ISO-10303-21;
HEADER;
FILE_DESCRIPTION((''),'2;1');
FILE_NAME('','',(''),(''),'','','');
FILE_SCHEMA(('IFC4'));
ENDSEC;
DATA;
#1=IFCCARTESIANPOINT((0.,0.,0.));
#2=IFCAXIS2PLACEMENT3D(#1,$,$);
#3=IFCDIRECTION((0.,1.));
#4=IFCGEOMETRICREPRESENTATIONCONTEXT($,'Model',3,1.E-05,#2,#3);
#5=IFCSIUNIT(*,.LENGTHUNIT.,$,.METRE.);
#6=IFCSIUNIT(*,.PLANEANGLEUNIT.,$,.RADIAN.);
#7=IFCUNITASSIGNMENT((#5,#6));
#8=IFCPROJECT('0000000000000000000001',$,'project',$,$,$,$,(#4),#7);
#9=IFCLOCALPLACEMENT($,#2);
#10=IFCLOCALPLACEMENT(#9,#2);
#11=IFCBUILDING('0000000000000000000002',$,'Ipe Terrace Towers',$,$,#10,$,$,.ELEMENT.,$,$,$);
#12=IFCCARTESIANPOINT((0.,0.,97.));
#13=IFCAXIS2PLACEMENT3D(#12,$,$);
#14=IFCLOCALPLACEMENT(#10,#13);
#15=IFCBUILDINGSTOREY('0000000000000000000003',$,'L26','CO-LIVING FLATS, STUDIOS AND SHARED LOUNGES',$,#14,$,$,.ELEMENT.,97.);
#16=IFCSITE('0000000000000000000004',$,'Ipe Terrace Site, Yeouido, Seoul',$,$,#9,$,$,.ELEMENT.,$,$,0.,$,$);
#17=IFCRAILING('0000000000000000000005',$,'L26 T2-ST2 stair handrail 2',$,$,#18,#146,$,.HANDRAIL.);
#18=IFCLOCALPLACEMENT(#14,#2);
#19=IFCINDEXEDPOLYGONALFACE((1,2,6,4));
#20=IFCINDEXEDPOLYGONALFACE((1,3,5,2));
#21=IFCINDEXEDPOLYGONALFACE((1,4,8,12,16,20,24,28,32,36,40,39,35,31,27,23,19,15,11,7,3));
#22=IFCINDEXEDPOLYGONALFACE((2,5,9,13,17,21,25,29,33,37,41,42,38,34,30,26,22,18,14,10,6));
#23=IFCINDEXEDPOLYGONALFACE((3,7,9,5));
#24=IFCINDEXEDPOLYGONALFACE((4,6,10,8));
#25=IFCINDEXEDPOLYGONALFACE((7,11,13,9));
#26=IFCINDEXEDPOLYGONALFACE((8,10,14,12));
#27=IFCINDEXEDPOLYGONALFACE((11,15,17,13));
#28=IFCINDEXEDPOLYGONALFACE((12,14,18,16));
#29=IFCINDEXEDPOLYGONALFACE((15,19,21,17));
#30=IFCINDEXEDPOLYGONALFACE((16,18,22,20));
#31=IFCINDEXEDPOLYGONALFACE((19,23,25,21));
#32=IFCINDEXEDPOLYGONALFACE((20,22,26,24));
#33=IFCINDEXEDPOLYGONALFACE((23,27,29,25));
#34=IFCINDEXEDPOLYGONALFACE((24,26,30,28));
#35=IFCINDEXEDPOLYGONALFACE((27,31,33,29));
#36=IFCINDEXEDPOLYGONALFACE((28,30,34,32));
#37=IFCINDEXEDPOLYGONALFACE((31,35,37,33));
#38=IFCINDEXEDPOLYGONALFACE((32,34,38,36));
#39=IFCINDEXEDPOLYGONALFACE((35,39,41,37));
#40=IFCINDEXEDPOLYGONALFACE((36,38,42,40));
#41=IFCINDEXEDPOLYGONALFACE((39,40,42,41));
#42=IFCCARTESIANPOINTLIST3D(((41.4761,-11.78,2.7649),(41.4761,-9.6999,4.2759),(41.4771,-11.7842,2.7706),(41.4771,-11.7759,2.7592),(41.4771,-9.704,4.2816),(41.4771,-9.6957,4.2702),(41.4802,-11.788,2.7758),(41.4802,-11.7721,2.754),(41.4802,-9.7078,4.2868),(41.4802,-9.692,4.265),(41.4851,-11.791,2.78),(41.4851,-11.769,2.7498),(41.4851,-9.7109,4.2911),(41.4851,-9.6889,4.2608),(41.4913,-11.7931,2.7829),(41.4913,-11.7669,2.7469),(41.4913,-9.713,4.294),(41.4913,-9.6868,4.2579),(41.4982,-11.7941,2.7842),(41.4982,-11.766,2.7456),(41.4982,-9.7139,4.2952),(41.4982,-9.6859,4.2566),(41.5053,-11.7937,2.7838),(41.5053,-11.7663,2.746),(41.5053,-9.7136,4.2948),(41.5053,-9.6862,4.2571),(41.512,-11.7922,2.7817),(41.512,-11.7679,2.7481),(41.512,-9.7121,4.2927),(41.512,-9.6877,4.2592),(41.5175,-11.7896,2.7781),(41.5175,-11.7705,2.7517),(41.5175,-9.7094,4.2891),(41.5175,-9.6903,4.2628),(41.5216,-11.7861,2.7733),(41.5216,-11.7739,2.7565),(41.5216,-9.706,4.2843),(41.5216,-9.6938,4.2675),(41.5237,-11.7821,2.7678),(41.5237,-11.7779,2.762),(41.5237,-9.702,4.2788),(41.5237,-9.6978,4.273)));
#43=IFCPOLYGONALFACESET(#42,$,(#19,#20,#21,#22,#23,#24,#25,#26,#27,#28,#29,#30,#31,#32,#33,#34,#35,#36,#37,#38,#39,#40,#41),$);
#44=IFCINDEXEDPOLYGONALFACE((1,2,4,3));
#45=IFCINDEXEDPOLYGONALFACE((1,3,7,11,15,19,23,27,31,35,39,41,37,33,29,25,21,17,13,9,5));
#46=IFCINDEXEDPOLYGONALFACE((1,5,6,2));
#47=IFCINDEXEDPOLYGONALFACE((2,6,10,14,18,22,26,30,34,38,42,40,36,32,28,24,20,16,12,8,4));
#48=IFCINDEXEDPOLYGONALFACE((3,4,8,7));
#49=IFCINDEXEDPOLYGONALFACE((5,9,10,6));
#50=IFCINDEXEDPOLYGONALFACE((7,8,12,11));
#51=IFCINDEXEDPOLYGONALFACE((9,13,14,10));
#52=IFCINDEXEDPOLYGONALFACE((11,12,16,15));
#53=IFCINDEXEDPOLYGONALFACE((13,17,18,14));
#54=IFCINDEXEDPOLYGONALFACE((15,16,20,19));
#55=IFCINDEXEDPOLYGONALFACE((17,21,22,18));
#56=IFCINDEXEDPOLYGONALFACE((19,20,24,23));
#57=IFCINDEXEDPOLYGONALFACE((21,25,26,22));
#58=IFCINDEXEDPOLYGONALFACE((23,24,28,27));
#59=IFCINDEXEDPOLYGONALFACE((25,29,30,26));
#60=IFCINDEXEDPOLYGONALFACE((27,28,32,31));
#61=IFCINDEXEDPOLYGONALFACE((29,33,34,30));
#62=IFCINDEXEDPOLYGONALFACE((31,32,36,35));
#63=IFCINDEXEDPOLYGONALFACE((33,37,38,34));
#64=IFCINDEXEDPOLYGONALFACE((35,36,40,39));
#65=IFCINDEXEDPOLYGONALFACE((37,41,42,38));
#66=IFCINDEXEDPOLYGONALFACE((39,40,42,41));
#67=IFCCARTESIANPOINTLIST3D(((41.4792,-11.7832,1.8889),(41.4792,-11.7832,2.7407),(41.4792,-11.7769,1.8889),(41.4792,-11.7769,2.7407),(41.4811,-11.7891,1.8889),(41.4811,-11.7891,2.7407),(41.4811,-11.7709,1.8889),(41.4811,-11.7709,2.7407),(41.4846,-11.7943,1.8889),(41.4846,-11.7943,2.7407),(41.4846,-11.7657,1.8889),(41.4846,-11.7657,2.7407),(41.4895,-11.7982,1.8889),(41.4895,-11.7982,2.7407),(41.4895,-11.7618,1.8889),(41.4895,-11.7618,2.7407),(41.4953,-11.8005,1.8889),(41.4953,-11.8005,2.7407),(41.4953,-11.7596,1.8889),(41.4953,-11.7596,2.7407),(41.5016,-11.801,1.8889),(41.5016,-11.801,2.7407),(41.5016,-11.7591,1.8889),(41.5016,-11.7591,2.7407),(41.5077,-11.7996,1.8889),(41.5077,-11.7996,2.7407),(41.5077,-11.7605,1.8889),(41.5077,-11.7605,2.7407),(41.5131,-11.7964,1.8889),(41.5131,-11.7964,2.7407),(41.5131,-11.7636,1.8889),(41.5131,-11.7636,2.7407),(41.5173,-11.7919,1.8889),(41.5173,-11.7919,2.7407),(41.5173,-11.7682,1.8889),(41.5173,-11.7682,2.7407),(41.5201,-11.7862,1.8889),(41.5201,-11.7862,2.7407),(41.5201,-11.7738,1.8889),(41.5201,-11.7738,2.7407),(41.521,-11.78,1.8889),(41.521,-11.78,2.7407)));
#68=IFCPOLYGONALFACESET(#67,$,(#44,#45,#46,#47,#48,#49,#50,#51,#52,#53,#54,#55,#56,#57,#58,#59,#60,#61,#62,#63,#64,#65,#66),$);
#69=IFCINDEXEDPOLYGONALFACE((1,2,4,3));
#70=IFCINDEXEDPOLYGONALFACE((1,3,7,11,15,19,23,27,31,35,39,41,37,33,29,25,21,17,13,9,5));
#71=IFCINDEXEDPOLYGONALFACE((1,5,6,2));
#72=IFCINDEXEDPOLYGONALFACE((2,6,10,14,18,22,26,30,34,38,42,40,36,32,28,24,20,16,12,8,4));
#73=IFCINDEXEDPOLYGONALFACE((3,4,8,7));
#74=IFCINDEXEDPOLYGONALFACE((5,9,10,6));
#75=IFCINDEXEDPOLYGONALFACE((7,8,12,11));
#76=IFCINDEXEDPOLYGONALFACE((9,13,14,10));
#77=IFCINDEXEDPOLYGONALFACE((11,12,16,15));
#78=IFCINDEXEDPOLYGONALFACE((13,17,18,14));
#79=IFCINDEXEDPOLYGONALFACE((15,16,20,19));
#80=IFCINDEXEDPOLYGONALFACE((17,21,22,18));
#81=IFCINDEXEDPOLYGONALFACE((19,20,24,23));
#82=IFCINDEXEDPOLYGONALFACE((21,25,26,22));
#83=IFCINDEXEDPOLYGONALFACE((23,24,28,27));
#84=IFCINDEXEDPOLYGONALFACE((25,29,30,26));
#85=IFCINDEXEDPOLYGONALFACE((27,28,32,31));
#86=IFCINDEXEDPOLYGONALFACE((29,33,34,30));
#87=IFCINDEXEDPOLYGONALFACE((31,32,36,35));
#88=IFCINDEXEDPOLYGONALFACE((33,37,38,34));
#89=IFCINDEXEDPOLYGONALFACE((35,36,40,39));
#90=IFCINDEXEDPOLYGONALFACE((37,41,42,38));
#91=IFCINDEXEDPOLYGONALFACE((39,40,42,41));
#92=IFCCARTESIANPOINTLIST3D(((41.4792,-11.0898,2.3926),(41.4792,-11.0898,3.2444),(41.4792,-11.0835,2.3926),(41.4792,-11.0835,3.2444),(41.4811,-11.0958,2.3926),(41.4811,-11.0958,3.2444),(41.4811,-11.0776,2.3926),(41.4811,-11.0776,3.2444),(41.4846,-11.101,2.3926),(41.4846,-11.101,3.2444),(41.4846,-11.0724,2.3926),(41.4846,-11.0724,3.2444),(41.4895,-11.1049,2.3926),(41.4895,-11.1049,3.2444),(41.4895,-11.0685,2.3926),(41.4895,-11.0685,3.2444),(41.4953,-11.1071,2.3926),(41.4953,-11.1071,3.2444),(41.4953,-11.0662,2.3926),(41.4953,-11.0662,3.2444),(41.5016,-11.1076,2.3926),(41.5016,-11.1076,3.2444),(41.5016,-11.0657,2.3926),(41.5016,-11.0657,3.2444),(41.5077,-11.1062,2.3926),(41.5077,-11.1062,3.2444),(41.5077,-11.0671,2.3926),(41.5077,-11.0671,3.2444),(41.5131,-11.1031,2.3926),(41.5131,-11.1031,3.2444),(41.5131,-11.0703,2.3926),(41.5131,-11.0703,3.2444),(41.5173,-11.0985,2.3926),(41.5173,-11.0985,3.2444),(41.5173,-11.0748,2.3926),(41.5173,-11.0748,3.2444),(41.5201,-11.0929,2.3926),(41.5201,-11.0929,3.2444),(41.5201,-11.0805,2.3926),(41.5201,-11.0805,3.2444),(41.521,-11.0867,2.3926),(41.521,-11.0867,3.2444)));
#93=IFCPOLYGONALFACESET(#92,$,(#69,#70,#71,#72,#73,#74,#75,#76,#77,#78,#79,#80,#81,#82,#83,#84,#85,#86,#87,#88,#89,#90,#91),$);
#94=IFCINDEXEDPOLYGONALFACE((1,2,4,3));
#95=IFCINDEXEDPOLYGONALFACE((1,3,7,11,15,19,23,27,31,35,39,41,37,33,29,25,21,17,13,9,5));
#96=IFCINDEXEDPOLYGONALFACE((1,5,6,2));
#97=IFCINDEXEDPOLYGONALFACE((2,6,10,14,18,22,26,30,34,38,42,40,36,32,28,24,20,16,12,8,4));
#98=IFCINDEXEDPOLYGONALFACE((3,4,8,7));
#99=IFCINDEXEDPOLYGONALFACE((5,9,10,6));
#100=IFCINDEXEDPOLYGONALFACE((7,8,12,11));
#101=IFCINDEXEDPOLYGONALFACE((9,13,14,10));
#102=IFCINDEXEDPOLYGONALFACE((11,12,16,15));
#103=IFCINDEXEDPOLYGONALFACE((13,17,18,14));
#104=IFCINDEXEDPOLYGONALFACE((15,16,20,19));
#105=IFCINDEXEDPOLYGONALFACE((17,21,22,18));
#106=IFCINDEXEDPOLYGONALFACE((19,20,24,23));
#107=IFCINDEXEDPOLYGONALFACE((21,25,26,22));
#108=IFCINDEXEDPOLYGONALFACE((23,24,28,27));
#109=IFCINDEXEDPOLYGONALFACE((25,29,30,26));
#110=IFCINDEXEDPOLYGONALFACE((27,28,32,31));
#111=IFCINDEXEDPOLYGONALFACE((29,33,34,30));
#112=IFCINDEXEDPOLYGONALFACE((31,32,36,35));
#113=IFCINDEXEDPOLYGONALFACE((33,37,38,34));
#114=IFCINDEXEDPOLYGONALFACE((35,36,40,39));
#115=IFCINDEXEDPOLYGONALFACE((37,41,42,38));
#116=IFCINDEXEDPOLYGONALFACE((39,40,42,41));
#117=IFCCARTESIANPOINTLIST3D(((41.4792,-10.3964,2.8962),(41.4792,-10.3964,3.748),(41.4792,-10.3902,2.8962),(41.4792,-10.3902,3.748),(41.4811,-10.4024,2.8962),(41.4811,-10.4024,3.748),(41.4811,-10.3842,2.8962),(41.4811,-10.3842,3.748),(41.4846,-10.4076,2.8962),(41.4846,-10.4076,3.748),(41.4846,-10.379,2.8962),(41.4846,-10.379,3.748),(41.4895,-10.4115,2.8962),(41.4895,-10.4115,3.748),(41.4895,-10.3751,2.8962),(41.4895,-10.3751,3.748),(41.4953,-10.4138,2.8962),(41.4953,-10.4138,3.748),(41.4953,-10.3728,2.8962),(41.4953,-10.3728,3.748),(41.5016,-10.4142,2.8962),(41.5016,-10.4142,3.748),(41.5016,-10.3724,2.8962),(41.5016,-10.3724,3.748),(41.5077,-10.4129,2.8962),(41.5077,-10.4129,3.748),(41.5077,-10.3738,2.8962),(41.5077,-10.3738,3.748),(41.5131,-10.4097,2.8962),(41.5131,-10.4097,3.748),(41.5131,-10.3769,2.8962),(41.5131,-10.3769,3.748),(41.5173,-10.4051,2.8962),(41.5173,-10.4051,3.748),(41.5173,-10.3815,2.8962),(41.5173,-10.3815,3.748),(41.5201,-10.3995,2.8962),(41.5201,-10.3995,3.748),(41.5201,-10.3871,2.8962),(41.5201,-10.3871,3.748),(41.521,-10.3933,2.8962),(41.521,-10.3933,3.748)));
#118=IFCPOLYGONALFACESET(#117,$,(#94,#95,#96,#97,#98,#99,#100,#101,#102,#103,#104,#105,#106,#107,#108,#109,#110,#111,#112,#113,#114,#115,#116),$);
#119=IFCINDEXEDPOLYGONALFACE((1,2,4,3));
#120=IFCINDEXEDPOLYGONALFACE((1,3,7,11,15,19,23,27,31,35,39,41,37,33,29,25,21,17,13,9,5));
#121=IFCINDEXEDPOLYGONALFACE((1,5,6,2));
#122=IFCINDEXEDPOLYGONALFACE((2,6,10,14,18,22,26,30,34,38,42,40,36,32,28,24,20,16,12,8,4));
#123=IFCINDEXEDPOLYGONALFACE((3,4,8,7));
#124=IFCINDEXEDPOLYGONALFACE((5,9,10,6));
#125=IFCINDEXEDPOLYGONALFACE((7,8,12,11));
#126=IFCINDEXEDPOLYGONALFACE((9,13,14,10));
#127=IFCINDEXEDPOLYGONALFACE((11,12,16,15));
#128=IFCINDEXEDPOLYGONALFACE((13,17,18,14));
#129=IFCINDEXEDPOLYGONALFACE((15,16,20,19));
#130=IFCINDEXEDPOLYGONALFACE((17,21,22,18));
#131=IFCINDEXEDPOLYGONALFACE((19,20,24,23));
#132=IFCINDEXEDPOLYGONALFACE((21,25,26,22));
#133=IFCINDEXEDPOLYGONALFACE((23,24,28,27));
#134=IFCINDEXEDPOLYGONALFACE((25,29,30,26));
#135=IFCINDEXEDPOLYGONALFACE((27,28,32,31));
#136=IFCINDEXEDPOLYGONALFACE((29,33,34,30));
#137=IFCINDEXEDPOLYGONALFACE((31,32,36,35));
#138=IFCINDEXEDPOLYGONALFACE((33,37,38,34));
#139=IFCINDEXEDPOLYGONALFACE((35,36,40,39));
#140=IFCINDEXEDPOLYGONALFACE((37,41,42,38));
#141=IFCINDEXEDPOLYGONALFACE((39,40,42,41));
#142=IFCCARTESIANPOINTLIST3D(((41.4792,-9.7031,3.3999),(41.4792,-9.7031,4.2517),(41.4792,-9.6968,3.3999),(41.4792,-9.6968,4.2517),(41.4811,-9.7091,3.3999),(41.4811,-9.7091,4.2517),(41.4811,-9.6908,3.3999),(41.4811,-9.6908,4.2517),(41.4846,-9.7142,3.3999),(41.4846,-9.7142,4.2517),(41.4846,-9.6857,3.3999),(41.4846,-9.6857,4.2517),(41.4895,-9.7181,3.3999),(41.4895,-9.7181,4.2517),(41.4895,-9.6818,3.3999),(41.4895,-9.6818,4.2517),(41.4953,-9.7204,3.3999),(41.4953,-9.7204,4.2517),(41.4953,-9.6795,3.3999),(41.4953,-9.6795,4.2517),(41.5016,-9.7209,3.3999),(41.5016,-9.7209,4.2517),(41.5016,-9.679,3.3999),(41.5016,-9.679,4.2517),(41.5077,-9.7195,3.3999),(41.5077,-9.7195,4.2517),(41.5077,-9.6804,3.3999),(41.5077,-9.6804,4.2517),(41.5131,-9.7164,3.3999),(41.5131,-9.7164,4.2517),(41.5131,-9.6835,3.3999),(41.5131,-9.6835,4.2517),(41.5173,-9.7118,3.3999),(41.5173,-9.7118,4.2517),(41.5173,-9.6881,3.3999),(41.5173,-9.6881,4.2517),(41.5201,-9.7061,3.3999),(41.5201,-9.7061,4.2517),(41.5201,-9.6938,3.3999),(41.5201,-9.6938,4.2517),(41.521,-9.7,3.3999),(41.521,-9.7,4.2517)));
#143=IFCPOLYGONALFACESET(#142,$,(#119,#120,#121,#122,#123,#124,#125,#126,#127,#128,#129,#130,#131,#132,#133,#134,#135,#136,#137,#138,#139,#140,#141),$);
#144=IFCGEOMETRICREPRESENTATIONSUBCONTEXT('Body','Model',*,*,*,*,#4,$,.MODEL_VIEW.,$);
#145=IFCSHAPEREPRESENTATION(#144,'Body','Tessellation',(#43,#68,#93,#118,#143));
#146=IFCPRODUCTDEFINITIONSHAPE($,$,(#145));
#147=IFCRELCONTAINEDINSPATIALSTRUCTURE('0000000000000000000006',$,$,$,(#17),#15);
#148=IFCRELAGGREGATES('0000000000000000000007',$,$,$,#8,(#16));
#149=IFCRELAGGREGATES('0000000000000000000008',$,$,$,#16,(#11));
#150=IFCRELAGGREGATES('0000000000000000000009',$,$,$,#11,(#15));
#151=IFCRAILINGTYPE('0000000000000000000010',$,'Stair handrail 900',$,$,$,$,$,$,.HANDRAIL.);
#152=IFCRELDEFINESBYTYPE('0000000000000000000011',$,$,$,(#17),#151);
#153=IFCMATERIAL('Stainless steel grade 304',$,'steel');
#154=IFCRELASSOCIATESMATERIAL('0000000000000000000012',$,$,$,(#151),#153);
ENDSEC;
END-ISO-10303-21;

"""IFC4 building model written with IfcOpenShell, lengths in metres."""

from ifc_helpers import new_model, si_unit, direction, frame, origin, origin_2d, place, context, subcontext, project, spatial, circle, extrude, material, type_object, element, save


model = new_model("IFC4")

# Units and contexts
model_context = context("Model", 3, precision=1e-05, world=origin(), true_north=direction((0.0, 1.0)))
body_context = subcontext(model_context, "Body", "Model", "MODEL_VIEW")
ifc_project = project(units=[si_unit("LENGTHUNIT", "METRE"), si_unit("PLANEANGLEUNIT", "RADIAN")], contexts=[model_context])

# Site, building, storey
site_placement = place(None, origin())
site = spatial("IfcSite", under=ifc_project, at=site_placement, Name="Ipe Terrace Site, Yeouido, Seoul", CompositionType="ELEMENT", RefElevation=0.0)
building_placement = place(site_placement, origin())
building = spatial("IfcBuilding", under=site, at=building_placement, Name="Ipe Terrace Towers", CompositionType="ELEMENT")
storey_placement = place(building_placement, frame((0.0, 0.0, 97.0)))
storey = spatial("IfcBuildingStorey", under=building, at=storey_placement, Name="L26", Description="CO-LIVING FLATS, STUDIOS AND SHARED LOUNGES", CompositionType="ELEMENT", Elevation=97.0)

# Railing
ifc_material_1 = material(Name="Stainless steel grade 304", Category="steel")
railing_type_1 = type_object("IfcRailingType", Name="Stair handrail 900", PredefinedType="HANDRAIL", material=ifc_material_1)
railing_1_placement = place(storey_placement, frame((41.5, -11.78, 1.8889)))
element("IfcRailing", 1, at=railing_1_placement, inside=storey, type_object=railing_type_1, Name="L26 T2-ST2 stair handrail 2", PredefinedType="HANDRAIL", context=body_context, shape_type="SweptSolid", body=[
    extrude(circle(Radius=0.0239, at=origin_2d()), frame((0.0, 0.0, 0.876), z_axis=(0.0, 0.809069, 0.587714), x_axis=(-1.0, 0.0, 0.0)), (0.0, 0.0, 1.0), 2.571),
    extrude(circle(Radius=0.021, at=origin_2d()), origin(), (0.0, 0.0, 1.0), 0.8518),
    extrude(circle(Radius=0.021, at=origin_2d()), frame((0.0, 0.6934, 0.5037)), (0.0, 0.0, 1.0), 0.8518),
    extrude(circle(Radius=0.021, at=origin_2d()), frame((0.0, 1.3867, 1.0073)), (0.0, 0.0, 1.0), 0.8518),
    extrude(circle(Radius=0.021, at=origin_2d()), frame((0.0, 2.0801, 1.511)), (0.0, 0.0, 1.0), 0.8518),
])

save(model, "model.ifc")
